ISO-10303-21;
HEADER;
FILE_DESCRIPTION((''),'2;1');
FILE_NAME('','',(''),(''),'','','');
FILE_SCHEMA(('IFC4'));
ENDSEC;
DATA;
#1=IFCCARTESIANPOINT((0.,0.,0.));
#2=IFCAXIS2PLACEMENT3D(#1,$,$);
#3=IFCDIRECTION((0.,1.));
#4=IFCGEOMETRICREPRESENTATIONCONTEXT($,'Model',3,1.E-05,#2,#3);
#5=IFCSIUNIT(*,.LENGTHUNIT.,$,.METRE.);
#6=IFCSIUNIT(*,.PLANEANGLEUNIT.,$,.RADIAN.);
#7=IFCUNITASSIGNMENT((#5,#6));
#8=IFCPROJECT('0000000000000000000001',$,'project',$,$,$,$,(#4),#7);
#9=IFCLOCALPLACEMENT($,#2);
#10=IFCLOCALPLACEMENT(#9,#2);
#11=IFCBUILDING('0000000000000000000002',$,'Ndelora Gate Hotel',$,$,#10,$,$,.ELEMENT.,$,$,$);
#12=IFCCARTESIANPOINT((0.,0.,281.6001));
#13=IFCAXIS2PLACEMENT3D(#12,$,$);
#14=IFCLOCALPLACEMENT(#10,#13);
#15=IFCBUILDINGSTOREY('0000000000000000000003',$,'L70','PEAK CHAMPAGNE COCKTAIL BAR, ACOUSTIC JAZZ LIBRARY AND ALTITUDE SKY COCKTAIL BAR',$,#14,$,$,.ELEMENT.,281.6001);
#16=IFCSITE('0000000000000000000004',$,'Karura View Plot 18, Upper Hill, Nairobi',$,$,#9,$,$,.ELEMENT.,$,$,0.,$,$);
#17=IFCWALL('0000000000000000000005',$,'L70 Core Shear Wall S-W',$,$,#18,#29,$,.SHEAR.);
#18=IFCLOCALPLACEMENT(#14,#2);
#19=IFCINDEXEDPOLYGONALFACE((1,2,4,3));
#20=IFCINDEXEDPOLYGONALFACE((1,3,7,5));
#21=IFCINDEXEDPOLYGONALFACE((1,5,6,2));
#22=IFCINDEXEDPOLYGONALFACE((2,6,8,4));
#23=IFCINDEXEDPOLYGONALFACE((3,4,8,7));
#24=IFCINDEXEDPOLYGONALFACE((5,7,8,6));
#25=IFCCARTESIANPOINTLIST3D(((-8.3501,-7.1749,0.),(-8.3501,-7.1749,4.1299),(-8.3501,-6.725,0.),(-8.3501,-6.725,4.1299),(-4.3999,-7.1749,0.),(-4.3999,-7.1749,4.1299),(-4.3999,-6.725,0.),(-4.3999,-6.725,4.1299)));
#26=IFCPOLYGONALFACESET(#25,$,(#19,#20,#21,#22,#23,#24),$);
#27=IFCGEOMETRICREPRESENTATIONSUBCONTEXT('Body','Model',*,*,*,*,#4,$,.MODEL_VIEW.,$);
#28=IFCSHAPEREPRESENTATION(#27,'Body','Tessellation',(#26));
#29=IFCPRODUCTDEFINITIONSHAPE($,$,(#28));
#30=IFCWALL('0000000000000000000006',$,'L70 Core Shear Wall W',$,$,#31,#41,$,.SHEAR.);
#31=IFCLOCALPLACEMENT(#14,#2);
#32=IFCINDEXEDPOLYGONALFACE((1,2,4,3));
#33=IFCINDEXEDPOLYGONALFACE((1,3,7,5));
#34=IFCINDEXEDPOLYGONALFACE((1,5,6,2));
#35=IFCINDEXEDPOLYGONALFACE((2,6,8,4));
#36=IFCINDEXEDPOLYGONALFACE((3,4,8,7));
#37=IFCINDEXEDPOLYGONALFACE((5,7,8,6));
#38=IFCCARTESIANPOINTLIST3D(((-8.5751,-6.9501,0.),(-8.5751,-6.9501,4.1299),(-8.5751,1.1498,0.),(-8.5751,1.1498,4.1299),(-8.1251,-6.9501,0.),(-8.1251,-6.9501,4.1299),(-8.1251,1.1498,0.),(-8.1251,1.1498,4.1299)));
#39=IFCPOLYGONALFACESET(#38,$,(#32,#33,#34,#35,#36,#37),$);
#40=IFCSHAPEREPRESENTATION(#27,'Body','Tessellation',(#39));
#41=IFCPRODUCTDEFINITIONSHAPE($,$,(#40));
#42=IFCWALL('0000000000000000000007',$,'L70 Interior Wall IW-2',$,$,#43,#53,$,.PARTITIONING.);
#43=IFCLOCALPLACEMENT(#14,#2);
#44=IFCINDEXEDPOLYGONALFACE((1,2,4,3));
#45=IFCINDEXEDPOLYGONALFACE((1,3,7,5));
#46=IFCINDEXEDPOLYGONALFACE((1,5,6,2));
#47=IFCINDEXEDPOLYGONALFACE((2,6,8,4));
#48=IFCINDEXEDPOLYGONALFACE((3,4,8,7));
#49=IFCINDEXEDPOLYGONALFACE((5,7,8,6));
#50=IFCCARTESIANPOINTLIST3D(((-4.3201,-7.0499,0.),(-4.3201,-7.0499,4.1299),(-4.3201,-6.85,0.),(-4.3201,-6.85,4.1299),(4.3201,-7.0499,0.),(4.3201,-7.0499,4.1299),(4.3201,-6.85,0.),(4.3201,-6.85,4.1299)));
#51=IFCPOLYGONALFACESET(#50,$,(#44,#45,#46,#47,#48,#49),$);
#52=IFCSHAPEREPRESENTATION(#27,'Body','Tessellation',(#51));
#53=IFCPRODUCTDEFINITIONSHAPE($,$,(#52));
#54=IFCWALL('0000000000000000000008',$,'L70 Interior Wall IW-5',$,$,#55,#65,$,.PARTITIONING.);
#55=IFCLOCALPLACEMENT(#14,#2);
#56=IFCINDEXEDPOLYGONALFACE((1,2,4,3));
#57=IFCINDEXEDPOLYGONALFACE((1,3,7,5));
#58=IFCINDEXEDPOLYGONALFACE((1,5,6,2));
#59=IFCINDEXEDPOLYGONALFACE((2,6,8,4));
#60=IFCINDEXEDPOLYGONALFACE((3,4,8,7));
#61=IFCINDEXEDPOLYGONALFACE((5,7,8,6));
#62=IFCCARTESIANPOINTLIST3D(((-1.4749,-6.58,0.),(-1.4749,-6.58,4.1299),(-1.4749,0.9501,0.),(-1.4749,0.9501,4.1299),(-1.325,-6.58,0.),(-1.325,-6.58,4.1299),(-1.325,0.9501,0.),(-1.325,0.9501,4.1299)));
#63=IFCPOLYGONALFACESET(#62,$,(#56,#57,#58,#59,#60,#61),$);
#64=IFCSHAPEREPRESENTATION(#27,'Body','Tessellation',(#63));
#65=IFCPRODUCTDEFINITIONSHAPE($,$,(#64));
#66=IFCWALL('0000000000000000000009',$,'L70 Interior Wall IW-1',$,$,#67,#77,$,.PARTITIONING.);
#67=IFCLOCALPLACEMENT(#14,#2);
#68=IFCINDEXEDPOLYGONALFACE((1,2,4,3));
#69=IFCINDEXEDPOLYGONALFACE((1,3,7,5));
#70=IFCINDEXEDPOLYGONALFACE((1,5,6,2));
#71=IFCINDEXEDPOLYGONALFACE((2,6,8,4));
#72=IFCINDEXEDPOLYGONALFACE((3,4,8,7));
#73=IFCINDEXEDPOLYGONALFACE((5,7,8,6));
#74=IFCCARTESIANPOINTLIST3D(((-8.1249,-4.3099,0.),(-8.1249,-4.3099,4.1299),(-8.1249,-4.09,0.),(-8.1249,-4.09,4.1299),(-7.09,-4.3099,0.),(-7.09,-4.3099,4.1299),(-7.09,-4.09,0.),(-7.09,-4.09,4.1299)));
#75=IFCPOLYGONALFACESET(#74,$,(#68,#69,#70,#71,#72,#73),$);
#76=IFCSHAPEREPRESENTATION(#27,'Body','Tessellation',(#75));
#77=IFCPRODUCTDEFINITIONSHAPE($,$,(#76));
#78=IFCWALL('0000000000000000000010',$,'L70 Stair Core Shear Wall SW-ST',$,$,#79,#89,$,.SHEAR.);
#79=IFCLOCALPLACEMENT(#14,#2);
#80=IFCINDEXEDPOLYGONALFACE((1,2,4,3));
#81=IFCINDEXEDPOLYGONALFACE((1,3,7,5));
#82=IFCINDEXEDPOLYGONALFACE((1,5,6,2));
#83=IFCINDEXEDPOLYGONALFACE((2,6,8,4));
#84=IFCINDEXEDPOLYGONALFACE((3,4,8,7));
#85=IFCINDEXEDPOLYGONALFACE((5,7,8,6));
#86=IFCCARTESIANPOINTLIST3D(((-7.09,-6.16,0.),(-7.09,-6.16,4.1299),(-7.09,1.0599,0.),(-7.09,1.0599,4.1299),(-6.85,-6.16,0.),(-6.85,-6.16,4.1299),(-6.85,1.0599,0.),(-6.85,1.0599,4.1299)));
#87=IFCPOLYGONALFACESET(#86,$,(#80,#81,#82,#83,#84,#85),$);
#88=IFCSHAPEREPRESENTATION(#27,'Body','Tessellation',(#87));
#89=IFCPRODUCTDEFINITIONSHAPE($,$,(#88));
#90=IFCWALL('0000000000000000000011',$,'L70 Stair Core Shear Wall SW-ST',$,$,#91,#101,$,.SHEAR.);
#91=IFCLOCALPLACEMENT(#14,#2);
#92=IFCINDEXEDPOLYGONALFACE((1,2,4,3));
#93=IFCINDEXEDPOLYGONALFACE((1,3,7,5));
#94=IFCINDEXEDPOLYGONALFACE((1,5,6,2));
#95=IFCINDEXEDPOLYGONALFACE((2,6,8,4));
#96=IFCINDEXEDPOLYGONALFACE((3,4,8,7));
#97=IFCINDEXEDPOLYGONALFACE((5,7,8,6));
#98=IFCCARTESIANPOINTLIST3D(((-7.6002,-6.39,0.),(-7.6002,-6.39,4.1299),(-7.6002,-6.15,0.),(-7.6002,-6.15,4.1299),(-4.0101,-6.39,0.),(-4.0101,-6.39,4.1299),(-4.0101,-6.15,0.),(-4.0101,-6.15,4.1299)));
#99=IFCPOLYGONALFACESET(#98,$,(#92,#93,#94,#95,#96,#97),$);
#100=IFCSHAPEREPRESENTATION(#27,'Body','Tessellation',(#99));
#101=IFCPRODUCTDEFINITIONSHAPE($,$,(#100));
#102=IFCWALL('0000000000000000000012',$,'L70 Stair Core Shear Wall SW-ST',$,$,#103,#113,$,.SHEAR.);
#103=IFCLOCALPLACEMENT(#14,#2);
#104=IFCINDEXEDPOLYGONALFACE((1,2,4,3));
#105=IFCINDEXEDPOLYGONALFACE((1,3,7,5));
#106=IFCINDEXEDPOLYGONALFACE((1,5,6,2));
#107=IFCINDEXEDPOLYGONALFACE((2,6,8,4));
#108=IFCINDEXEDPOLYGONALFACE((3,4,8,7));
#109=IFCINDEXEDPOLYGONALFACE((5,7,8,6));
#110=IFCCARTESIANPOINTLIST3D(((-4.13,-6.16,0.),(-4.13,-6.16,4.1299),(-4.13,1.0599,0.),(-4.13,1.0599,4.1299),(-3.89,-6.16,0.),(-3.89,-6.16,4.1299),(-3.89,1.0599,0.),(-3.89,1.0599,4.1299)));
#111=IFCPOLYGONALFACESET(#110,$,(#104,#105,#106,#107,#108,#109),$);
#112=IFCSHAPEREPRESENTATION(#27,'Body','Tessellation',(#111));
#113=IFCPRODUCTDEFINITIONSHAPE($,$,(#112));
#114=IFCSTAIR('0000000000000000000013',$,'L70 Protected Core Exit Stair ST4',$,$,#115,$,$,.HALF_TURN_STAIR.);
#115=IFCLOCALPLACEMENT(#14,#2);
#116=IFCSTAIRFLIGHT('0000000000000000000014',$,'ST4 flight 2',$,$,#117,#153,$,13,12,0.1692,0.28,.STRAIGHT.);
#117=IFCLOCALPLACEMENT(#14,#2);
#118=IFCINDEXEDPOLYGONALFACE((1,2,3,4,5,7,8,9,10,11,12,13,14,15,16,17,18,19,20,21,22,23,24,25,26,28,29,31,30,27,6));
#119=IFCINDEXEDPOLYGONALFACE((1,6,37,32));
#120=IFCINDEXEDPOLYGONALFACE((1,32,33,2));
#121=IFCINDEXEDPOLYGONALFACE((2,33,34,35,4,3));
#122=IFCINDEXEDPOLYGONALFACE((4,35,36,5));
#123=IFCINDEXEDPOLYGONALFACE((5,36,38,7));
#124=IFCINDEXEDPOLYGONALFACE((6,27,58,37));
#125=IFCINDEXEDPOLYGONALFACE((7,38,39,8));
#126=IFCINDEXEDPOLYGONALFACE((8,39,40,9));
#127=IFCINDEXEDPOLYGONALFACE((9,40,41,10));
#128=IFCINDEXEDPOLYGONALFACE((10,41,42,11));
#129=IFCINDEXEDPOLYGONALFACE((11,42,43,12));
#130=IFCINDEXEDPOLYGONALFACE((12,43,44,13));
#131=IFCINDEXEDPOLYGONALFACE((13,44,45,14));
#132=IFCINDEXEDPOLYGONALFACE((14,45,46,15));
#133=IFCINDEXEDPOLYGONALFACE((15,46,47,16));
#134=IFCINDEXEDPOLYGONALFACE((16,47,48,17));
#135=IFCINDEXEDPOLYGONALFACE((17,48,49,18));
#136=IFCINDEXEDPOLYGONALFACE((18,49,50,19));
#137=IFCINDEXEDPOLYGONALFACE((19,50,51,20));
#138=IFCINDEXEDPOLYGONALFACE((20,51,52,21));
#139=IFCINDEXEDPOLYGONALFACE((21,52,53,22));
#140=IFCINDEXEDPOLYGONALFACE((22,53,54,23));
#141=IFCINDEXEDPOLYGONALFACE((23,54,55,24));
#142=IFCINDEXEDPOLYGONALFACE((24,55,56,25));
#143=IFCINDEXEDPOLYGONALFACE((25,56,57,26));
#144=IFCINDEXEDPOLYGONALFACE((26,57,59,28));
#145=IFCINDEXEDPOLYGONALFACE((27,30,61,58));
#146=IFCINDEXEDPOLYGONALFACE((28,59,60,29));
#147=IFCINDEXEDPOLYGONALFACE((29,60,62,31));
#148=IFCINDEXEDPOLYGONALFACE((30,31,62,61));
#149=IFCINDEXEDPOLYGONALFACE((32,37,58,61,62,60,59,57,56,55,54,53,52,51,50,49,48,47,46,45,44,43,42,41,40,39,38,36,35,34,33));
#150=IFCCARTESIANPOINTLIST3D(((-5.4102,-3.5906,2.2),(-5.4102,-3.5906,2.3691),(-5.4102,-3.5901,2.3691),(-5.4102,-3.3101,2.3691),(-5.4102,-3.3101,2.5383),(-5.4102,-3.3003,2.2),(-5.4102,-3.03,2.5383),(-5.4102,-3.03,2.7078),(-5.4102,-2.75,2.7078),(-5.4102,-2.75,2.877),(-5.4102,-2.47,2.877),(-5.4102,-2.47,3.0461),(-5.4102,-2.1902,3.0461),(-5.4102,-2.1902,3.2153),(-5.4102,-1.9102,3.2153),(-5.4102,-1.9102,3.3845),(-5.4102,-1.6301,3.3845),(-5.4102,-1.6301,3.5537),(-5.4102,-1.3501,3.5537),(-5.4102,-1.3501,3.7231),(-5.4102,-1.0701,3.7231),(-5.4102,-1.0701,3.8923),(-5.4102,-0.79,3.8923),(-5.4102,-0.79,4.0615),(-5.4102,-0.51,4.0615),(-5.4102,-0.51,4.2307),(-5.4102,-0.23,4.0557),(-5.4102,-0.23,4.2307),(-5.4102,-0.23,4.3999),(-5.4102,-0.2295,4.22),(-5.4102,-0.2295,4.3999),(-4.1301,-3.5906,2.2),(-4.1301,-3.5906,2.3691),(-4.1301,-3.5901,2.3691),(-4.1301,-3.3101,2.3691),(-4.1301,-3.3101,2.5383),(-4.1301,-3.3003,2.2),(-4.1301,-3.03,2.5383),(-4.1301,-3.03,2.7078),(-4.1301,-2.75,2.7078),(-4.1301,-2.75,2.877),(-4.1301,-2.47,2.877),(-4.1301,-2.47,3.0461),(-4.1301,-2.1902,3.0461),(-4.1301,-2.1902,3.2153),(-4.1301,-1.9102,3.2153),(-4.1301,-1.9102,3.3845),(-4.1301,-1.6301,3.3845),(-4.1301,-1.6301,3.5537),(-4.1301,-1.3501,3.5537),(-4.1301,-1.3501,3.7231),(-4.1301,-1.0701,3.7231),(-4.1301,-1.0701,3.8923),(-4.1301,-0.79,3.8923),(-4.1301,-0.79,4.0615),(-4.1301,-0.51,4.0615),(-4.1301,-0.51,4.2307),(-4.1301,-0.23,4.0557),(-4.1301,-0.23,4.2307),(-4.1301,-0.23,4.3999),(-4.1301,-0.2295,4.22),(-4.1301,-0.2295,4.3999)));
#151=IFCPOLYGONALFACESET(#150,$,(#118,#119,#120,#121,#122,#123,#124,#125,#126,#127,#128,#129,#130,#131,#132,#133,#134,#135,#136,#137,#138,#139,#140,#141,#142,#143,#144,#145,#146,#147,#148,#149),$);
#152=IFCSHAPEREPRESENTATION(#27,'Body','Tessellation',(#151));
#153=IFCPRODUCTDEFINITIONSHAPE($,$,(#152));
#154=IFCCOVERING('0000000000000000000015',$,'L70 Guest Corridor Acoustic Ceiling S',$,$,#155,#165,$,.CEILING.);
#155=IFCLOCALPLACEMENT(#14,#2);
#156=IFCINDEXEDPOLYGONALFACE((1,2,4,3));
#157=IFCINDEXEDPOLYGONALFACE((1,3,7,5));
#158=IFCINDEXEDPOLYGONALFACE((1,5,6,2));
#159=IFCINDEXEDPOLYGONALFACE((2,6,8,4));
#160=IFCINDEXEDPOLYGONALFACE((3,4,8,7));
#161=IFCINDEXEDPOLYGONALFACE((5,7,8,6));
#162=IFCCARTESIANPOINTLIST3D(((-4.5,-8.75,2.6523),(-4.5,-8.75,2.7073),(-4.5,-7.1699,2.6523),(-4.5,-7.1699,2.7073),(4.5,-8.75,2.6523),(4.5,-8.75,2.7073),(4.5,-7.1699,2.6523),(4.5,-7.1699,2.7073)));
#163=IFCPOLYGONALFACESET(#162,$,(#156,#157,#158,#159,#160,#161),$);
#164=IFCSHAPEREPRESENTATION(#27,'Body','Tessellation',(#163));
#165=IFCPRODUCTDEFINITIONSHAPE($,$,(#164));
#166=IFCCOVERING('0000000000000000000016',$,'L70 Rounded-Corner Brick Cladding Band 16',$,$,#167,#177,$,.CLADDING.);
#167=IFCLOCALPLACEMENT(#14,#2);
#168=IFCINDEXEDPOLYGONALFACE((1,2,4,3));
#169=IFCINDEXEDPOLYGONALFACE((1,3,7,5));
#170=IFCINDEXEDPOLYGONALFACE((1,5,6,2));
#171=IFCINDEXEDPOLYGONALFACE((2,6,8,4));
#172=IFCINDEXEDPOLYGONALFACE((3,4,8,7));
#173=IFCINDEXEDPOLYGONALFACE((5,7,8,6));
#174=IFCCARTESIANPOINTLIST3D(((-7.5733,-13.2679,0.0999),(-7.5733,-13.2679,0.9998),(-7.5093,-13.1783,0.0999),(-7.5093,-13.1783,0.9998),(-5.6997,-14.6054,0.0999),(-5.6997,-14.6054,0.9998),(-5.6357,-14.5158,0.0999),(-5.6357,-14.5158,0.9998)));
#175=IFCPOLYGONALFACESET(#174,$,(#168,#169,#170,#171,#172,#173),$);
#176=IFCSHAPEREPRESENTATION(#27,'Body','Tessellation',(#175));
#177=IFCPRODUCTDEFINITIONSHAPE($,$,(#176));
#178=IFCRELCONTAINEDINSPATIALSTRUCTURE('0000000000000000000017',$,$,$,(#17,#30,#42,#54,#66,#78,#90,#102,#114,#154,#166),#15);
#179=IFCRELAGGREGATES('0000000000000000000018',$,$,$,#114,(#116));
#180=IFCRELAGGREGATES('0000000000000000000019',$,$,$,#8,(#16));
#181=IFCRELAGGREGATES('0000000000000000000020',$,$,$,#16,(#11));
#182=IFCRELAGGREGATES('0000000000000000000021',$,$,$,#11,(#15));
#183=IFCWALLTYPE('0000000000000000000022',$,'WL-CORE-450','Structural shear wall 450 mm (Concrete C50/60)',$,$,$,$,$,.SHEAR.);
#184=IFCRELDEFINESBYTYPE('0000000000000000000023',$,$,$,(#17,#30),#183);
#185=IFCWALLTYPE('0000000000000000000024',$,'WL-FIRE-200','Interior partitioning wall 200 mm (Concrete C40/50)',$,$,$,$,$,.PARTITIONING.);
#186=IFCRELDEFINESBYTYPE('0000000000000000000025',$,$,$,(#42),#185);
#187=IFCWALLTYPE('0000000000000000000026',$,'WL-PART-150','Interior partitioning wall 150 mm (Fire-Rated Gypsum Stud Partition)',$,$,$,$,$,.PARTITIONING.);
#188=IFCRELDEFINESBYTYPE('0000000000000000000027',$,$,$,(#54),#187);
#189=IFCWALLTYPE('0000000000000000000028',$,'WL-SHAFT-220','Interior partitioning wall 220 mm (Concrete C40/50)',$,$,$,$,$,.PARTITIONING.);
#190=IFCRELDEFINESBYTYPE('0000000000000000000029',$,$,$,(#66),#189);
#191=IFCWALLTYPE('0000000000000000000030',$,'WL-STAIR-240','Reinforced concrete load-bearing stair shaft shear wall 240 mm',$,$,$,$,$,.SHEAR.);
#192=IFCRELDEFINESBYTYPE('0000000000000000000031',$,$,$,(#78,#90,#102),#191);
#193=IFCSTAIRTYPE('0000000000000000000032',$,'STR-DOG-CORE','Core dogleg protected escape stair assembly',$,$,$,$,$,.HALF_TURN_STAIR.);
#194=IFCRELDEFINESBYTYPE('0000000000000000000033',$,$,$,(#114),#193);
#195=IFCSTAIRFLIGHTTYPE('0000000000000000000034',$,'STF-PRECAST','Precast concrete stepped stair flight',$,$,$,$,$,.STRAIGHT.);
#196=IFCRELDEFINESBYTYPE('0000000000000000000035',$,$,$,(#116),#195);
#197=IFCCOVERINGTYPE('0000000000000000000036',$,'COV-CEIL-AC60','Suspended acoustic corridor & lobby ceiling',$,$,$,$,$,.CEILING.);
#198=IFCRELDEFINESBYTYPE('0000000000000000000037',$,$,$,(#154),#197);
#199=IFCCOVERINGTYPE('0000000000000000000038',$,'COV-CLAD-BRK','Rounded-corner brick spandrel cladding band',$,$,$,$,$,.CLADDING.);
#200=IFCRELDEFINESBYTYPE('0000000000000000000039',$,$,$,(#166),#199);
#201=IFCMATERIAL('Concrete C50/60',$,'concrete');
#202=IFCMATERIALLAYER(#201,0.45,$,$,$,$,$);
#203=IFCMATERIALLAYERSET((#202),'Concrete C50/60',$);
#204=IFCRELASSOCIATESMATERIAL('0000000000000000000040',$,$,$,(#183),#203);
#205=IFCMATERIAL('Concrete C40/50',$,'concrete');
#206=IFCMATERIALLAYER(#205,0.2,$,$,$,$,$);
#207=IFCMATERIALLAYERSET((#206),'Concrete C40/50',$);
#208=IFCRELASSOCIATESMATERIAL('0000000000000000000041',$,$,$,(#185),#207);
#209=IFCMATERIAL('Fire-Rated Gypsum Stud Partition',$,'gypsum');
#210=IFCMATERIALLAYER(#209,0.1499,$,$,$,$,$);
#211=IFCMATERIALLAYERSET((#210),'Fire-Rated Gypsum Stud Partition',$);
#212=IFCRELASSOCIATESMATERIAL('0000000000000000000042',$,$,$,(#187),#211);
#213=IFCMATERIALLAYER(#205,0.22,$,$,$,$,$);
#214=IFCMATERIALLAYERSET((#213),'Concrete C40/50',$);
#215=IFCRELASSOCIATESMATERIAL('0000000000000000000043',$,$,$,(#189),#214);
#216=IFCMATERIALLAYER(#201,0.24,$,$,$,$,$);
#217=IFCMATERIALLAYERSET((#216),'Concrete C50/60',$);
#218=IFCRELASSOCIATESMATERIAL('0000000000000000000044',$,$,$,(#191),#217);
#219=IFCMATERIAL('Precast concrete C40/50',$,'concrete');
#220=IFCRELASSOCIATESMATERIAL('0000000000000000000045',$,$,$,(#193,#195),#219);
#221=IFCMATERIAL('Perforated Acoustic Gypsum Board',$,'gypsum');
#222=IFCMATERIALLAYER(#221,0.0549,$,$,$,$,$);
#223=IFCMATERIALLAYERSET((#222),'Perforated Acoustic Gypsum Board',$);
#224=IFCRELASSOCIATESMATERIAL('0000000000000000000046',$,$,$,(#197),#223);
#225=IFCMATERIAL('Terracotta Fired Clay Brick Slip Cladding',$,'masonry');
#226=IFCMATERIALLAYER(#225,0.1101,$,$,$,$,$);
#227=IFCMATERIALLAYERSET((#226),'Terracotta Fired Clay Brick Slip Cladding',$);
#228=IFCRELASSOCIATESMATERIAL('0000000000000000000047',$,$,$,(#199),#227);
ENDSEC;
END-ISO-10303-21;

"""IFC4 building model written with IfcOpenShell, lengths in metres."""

from ifc_helpers import new_model, si_unit, direction, frame, frame_2d, origin, origin_2d, place, context, subcontext, project, spatial, polyline, rectangle, outline, extrude, material, layer, layer_set, type_object, element, aggregate, save


model = new_model("IFC4")

# Units and contexts
model_context = context("Model", 3, precision=1e-05, world=origin(), true_north=direction((0.0, 1.0)))
body_context = subcontext(model_context, "Body", "Model", "MODEL_VIEW")
ifc_project = project(units=[si_unit("LENGTHUNIT", "METRE"), si_unit("PLANEANGLEUNIT", "RADIAN")], contexts=[model_context])

# Site, building, storey
site_placement = place(None, origin())
site = spatial("IfcSite", under=ifc_project, at=site_placement, Name="Karura View Plot 18, Upper Hill, Nairobi", CompositionType="ELEMENT", RefElevation=0.0)
building_placement = place(site_placement, origin())
building = spatial("IfcBuilding", under=site, at=building_placement, Name="Ndelora Gate Hotel", CompositionType="ELEMENT")
storey_placement = place(building_placement, frame((0.0, 0.0, 281.6001)))
storey = spatial("IfcBuildingStorey", under=building, at=storey_placement, Name="L70", Description="PEAK CHAMPAGNE COCKTAIL BAR, ACOUSTIC JAZZ LIBRARY AND ALTITUDE SKY COCKTAIL BAR", CompositionType="ELEMENT", Elevation=281.6001)

# Shared definitions
ifc_material_1 = material(Name="Concrete C50/60", Category="concrete")

# Walls
ifc_layer_1 = layer(ifc_material_1, 0.45)
ifc_layer_set_1 = layer_set([ifc_layer_1], Name="Concrete C50/60")
wall_type_1 = type_object("IfcWallType", Name="WL-CORE-450", Description="Structural shear wall 450 mm (Concrete C50/60)", PredefinedType="SHEAR", material=ifc_layer_set_1)
wall_1_placement = place(storey_placement, frame((-8.3501, -6.95, 0.0), z_axis=(0.0, 0.0, 1.0), x_axis=(1.0, 0.0, 0.0)))
element("IfcWall", 1, at=wall_1_placement, inside=storey, type_object=wall_type_1, Name="L70 Core Shear Wall S-W", PredefinedType="SHEAR", context=body_context, shape_type="SweptSolid", body=[
    extrude(rectangle(XDim=3.9502, YDim=0.45, at=frame_2d((1.9751, 0.0))), origin(), (0.0, 0.0, 1.0), 4.1299),
])
wall_2_placement = place(storey_placement, frame((-8.3501, -6.95, 0.0), z_axis=(0.0, 0.0, 1.0), x_axis=(0.0, 1.0, 0.0)))
element("IfcWall", 2, at=wall_2_placement, inside=storey, type_object=wall_type_1, Name="L70 Core Shear Wall W", PredefinedType="SHEAR", context=body_context, shape_type="SweptSolid", body=[
    extrude(rectangle(XDim=8.0999, YDim=0.45, at=frame_2d((4.0498, 0.0))), origin(), (0.0, 0.0, 1.0), 4.1299),
])
ifc_material_2 = material(Name="Concrete C40/50", Category="concrete")
ifc_layer_2 = layer(ifc_material_2, 0.2)
ifc_layer_set_2 = layer_set([ifc_layer_2], Name="Concrete C40/50")
wall_type_2 = type_object("IfcWallType", Name="WL-FIRE-200", Description="Interior partitioning wall 200 mm (Concrete C40/50)", PredefinedType="PARTITIONING", material=ifc_layer_set_2)
wall_3_placement = place(storey_placement, frame((-4.3201, -6.95, 0.0), z_axis=(0.0, 0.0, 1.0), x_axis=(1.0, 0.0, 0.0)))
element("IfcWall", 3, at=wall_3_placement, inside=storey, type_object=wall_type_2, Name="L70 Interior Wall IW-2", PredefinedType="PARTITIONING", context=body_context, shape_type="SweptSolid", body=[
    extrude(rectangle(XDim=8.6401, YDim=0.2, at=frame_2d((4.3201, 0.0))), origin(), (0.0, 0.0, 1.0), 4.1299),
])
ifc_material_3 = material(Name="Fire-Rated Gypsum Stud Partition", Category="gypsum")
ifc_layer_3 = layer(ifc_material_3, 0.1499)
ifc_layer_set_3 = layer_set([ifc_layer_3], Name="Fire-Rated Gypsum Stud Partition")
wall_type_3 = type_object("IfcWallType", Name="WL-PART-150", Description="Interior partitioning wall 150 mm (Fire-Rated Gypsum Stud Partition)", PredefinedType="PARTITIONING", material=ifc_layer_set_3)
wall_4_placement = place(storey_placement, frame((-1.3999, -6.5801, 0.0), z_axis=(0.0, 0.0, 1.0), x_axis=(0.0, 1.0, 0.0)))
element("IfcWall", 4, at=wall_4_placement, inside=storey, type_object=wall_type_3, Name="L70 Interior Wall IW-5", PredefinedType="PARTITIONING", context=body_context, shape_type="SweptSolid", body=[
    extrude(rectangle(XDim=7.53, YDim=0.1499, at=frame_2d((3.7651, 0.0))), origin(), (0.0, 0.0, 1.0), 4.1299),
])
ifc_layer_4 = layer(ifc_material_2, 0.22)
ifc_layer_set_4 = layer_set([ifc_layer_4], Name="Concrete C40/50")
wall_type_4 = type_object("IfcWallType", Name="WL-SHAFT-220", Description="Interior partitioning wall 220 mm (Concrete C40/50)", PredefinedType="PARTITIONING", material=ifc_layer_set_4)
wall_5_placement = place(storey_placement, frame((-8.125, -4.2, 0.0), z_axis=(0.0, 0.0, 1.0), x_axis=(1.0, 0.0, 0.0)))
element("IfcWall", 5, at=wall_5_placement, inside=storey, type_object=wall_type_4, Name="L70 Interior Wall IW-1", PredefinedType="PARTITIONING", context=body_context, shape_type="SweptSolid", body=[
    extrude(rectangle(XDim=1.0349, YDim=0.22, at=frame_2d((0.5176, 0.0))), origin(), (0.0, 0.0, 1.0), 4.1299),
])
ifc_layer_5 = layer(ifc_material_1, 0.24)
ifc_layer_set_5 = layer_set([ifc_layer_5], Name="Concrete C50/60")
wall_type_5 = type_object("IfcWallType", Name="WL-STAIR-240", Description="Reinforced concrete load-bearing stair shaft shear wall 240 mm", PredefinedType="SHEAR", material=ifc_layer_set_5)
wall_6_placement = place(storey_placement, frame((-6.97, -6.1599, 0.0), z_axis=(0.0, 0.0, 1.0), x_axis=(0.0, 1.0, 0.0)))
element("IfcWall", 6, at=wall_6_placement, inside=storey, type_object=wall_type_5, Name="L70 Stair Core Shear Wall SW-ST", PredefinedType="SHEAR", context=body_context, shape_type="SweptSolid", body=[
    extrude(rectangle(XDim=7.22, YDim=0.24, at=frame_2d((3.6099, 0.0))), origin(), (0.0, 0.0, 1.0), 4.1299),
])
wall_7_placement = place(storey_placement, frame((-7.6001, -6.27, 0.0), z_axis=(0.0, 0.0, 1.0), x_axis=(1.0, 0.0, 0.0)))
element("IfcWall", 7, at=wall_7_placement, inside=storey, type_object=wall_type_5, Name="L70 Stair Core Shear Wall SW-ST", PredefinedType="SHEAR", context=body_context, shape_type="SweptSolid", body=[
    extrude(rectangle(XDim=3.5901, YDim=0.24, at=frame_2d((1.7949, 0.0))), origin(), (0.0, 0.0, 1.0), 4.1299),
])
wall_8_placement = place(storey_placement, frame((-4.01, -6.1599, 0.0), z_axis=(0.0, 0.0, 1.0), x_axis=(0.0, 1.0, 0.0)))
element("IfcWall", 8, at=wall_8_placement, inside=storey, type_object=wall_type_5, Name="L70 Stair Core Shear Wall SW-ST", PredefinedType="SHEAR", context=body_context, shape_type="SweptSolid", body=[
    extrude(rectangle(XDim=7.22, YDim=0.24, at=frame_2d((3.6099, 0.0))), origin(), (0.0, 0.0, 1.0), 4.1299),
])

# Stair, stair flight
ifc_material_4 = material(Name="Precast concrete C40/50", Category="concrete")
stair_type = type_object("IfcStairType", Name="STR-DOG-CORE", Description="Core dogleg protected escape stair assembly", PredefinedType="HALF_TURN_STAIR", material=ifc_material_4)
stair_placement = place(storey_placement, origin())
stair = element("IfcStair", 9, at=stair_placement, inside=storey, type_object=stair_type, Name="L70 Protected Core Exit Stair ST4", PredefinedType="HALF_TURN_STAIR")
stair_flight_type = type_object("IfcStairFlightType", Name="STF-PRECAST", Description="Precast concrete stepped stair flight", PredefinedType="STRAIGHT", material=ifc_material_4)
stair_flight_placement = place(storey_placement, frame((-4.77, -3.5901, 2.2), z_axis=(0.0, 0.0, 1.0), x_axis=(0.0, 1.0, 0.0)))
stair_flight = element("IfcStairFlight", 10, at=stair_flight_placement, type_object=stair_flight_type, Name="ST4 flight 2", NumberOfRisers=13, NumberOfTreads=12, PredefinedType="STRAIGHT", RiserHeight=0.1692, TreadLength=0.28, context=body_context, shape_type="SweptSolid", body=[
    extrude(outline(polyline([(-0.0005, 0.0), (-0.0005, 0.1692), (0.0, 0.1692), (0.28, 0.1692), (0.28, 0.3384), (0.5601, 0.3384), (0.5601, 0.5078), (0.8401, 0.5078), (0.8401, 0.677), (1.1201, 0.677), (1.1201, 0.8462), (1.3999, 0.8462), (1.3999, 1.0154), (1.6799, 1.0154), (1.6799, 1.1846), (1.96, 1.1846), (1.96, 1.3538), (2.24, 1.3538), (2.24, 1.5232), (2.52, 1.5232), (2.52, 1.6924), (2.8, 1.6924), (2.8, 1.8616), (3.0801, 1.8616), (3.0801, 2.0308), (3.3601, 2.0308), (3.3601, 2.2), (3.3606, 2.2), (3.3606, 2.02), (3.3601, 1.8557), (0.2898, 0.0), (-0.0005, 0.0)])), frame((0.0, 0.6401, 0.0), z_axis=(0.0, -1.0, 0.0), x_axis=(1.0, 0.0, 0.0)), (0.0, 0.0, 1.0), 1.28),
])
aggregate(stair, [stair_flight])

# Coverings
ifc_material_5 = material(Name="Perforated Acoustic Gypsum Board", Category="gypsum")
ifc_layer_6 = layer(ifc_material_5, 0.0549)
ifc_layer_set_6 = layer_set([ifc_layer_6], Name="Perforated Acoustic Gypsum Board")
covering_type_1 = type_object("IfcCoveringType", Name="COV-CEIL-AC60", Description="Suspended acoustic corridor & lobby ceiling", PredefinedType="CEILING", material=ifc_layer_set_6)
covering_1_placement = place(storey_placement, frame((0.0, -7.96, 2.6523), z_axis=(0.0, 0.0, 1.0), x_axis=(1.0, 0.0, 0.0)))
element("IfcCovering", 11, at=covering_1_placement, inside=storey, type_object=covering_type_1, Name="L70 Guest Corridor Acoustic Ceiling S", PredefinedType="CEILING", context=body_context, shape_type="SweptSolid", body=[
    extrude(rectangle(XDim=9.0, YDim=1.5801, at=origin_2d()), origin(), (0.0, 0.0, 1.0), 0.0549),
])
ifc_material_6 = material(Name="Terracotta Fired Clay Brick Slip Cladding", Category="masonry")
ifc_layer_7 = layer(ifc_material_6, 0.1101)
ifc_layer_set_7 = layer_set([ifc_layer_7], Name="Terracotta Fired Clay Brick Slip Cladding")
covering_type_2 = type_object("IfcCoveringType", Name="COV-CLAD-BRK", Description="Rounded-corner brick spandrel cladding band", PredefinedType="CLADDING", material=ifc_layer_set_7)
covering_2_placement = place(storey_placement, frame((-6.6045, -13.8918, 0.0999), z_axis=(0.0, 0.0, 1.0), x_axis=(-0.813913, 0.580987, 0.0)))
element("IfcCovering", 12, at=covering_2_placement, inside=storey, type_object=covering_type_2, Name="L70 Rounded-Corner Brick Cladding Band 16", PredefinedType="CLADDING", context=body_context, shape_type="SweptSolid", body=[
    extrude(rectangle(XDim=2.302, YDim=0.1101, at=origin_2d()), origin(), (0.0, 0.0, 1.0), 0.8999),
])

save(model, "model.ifc")
